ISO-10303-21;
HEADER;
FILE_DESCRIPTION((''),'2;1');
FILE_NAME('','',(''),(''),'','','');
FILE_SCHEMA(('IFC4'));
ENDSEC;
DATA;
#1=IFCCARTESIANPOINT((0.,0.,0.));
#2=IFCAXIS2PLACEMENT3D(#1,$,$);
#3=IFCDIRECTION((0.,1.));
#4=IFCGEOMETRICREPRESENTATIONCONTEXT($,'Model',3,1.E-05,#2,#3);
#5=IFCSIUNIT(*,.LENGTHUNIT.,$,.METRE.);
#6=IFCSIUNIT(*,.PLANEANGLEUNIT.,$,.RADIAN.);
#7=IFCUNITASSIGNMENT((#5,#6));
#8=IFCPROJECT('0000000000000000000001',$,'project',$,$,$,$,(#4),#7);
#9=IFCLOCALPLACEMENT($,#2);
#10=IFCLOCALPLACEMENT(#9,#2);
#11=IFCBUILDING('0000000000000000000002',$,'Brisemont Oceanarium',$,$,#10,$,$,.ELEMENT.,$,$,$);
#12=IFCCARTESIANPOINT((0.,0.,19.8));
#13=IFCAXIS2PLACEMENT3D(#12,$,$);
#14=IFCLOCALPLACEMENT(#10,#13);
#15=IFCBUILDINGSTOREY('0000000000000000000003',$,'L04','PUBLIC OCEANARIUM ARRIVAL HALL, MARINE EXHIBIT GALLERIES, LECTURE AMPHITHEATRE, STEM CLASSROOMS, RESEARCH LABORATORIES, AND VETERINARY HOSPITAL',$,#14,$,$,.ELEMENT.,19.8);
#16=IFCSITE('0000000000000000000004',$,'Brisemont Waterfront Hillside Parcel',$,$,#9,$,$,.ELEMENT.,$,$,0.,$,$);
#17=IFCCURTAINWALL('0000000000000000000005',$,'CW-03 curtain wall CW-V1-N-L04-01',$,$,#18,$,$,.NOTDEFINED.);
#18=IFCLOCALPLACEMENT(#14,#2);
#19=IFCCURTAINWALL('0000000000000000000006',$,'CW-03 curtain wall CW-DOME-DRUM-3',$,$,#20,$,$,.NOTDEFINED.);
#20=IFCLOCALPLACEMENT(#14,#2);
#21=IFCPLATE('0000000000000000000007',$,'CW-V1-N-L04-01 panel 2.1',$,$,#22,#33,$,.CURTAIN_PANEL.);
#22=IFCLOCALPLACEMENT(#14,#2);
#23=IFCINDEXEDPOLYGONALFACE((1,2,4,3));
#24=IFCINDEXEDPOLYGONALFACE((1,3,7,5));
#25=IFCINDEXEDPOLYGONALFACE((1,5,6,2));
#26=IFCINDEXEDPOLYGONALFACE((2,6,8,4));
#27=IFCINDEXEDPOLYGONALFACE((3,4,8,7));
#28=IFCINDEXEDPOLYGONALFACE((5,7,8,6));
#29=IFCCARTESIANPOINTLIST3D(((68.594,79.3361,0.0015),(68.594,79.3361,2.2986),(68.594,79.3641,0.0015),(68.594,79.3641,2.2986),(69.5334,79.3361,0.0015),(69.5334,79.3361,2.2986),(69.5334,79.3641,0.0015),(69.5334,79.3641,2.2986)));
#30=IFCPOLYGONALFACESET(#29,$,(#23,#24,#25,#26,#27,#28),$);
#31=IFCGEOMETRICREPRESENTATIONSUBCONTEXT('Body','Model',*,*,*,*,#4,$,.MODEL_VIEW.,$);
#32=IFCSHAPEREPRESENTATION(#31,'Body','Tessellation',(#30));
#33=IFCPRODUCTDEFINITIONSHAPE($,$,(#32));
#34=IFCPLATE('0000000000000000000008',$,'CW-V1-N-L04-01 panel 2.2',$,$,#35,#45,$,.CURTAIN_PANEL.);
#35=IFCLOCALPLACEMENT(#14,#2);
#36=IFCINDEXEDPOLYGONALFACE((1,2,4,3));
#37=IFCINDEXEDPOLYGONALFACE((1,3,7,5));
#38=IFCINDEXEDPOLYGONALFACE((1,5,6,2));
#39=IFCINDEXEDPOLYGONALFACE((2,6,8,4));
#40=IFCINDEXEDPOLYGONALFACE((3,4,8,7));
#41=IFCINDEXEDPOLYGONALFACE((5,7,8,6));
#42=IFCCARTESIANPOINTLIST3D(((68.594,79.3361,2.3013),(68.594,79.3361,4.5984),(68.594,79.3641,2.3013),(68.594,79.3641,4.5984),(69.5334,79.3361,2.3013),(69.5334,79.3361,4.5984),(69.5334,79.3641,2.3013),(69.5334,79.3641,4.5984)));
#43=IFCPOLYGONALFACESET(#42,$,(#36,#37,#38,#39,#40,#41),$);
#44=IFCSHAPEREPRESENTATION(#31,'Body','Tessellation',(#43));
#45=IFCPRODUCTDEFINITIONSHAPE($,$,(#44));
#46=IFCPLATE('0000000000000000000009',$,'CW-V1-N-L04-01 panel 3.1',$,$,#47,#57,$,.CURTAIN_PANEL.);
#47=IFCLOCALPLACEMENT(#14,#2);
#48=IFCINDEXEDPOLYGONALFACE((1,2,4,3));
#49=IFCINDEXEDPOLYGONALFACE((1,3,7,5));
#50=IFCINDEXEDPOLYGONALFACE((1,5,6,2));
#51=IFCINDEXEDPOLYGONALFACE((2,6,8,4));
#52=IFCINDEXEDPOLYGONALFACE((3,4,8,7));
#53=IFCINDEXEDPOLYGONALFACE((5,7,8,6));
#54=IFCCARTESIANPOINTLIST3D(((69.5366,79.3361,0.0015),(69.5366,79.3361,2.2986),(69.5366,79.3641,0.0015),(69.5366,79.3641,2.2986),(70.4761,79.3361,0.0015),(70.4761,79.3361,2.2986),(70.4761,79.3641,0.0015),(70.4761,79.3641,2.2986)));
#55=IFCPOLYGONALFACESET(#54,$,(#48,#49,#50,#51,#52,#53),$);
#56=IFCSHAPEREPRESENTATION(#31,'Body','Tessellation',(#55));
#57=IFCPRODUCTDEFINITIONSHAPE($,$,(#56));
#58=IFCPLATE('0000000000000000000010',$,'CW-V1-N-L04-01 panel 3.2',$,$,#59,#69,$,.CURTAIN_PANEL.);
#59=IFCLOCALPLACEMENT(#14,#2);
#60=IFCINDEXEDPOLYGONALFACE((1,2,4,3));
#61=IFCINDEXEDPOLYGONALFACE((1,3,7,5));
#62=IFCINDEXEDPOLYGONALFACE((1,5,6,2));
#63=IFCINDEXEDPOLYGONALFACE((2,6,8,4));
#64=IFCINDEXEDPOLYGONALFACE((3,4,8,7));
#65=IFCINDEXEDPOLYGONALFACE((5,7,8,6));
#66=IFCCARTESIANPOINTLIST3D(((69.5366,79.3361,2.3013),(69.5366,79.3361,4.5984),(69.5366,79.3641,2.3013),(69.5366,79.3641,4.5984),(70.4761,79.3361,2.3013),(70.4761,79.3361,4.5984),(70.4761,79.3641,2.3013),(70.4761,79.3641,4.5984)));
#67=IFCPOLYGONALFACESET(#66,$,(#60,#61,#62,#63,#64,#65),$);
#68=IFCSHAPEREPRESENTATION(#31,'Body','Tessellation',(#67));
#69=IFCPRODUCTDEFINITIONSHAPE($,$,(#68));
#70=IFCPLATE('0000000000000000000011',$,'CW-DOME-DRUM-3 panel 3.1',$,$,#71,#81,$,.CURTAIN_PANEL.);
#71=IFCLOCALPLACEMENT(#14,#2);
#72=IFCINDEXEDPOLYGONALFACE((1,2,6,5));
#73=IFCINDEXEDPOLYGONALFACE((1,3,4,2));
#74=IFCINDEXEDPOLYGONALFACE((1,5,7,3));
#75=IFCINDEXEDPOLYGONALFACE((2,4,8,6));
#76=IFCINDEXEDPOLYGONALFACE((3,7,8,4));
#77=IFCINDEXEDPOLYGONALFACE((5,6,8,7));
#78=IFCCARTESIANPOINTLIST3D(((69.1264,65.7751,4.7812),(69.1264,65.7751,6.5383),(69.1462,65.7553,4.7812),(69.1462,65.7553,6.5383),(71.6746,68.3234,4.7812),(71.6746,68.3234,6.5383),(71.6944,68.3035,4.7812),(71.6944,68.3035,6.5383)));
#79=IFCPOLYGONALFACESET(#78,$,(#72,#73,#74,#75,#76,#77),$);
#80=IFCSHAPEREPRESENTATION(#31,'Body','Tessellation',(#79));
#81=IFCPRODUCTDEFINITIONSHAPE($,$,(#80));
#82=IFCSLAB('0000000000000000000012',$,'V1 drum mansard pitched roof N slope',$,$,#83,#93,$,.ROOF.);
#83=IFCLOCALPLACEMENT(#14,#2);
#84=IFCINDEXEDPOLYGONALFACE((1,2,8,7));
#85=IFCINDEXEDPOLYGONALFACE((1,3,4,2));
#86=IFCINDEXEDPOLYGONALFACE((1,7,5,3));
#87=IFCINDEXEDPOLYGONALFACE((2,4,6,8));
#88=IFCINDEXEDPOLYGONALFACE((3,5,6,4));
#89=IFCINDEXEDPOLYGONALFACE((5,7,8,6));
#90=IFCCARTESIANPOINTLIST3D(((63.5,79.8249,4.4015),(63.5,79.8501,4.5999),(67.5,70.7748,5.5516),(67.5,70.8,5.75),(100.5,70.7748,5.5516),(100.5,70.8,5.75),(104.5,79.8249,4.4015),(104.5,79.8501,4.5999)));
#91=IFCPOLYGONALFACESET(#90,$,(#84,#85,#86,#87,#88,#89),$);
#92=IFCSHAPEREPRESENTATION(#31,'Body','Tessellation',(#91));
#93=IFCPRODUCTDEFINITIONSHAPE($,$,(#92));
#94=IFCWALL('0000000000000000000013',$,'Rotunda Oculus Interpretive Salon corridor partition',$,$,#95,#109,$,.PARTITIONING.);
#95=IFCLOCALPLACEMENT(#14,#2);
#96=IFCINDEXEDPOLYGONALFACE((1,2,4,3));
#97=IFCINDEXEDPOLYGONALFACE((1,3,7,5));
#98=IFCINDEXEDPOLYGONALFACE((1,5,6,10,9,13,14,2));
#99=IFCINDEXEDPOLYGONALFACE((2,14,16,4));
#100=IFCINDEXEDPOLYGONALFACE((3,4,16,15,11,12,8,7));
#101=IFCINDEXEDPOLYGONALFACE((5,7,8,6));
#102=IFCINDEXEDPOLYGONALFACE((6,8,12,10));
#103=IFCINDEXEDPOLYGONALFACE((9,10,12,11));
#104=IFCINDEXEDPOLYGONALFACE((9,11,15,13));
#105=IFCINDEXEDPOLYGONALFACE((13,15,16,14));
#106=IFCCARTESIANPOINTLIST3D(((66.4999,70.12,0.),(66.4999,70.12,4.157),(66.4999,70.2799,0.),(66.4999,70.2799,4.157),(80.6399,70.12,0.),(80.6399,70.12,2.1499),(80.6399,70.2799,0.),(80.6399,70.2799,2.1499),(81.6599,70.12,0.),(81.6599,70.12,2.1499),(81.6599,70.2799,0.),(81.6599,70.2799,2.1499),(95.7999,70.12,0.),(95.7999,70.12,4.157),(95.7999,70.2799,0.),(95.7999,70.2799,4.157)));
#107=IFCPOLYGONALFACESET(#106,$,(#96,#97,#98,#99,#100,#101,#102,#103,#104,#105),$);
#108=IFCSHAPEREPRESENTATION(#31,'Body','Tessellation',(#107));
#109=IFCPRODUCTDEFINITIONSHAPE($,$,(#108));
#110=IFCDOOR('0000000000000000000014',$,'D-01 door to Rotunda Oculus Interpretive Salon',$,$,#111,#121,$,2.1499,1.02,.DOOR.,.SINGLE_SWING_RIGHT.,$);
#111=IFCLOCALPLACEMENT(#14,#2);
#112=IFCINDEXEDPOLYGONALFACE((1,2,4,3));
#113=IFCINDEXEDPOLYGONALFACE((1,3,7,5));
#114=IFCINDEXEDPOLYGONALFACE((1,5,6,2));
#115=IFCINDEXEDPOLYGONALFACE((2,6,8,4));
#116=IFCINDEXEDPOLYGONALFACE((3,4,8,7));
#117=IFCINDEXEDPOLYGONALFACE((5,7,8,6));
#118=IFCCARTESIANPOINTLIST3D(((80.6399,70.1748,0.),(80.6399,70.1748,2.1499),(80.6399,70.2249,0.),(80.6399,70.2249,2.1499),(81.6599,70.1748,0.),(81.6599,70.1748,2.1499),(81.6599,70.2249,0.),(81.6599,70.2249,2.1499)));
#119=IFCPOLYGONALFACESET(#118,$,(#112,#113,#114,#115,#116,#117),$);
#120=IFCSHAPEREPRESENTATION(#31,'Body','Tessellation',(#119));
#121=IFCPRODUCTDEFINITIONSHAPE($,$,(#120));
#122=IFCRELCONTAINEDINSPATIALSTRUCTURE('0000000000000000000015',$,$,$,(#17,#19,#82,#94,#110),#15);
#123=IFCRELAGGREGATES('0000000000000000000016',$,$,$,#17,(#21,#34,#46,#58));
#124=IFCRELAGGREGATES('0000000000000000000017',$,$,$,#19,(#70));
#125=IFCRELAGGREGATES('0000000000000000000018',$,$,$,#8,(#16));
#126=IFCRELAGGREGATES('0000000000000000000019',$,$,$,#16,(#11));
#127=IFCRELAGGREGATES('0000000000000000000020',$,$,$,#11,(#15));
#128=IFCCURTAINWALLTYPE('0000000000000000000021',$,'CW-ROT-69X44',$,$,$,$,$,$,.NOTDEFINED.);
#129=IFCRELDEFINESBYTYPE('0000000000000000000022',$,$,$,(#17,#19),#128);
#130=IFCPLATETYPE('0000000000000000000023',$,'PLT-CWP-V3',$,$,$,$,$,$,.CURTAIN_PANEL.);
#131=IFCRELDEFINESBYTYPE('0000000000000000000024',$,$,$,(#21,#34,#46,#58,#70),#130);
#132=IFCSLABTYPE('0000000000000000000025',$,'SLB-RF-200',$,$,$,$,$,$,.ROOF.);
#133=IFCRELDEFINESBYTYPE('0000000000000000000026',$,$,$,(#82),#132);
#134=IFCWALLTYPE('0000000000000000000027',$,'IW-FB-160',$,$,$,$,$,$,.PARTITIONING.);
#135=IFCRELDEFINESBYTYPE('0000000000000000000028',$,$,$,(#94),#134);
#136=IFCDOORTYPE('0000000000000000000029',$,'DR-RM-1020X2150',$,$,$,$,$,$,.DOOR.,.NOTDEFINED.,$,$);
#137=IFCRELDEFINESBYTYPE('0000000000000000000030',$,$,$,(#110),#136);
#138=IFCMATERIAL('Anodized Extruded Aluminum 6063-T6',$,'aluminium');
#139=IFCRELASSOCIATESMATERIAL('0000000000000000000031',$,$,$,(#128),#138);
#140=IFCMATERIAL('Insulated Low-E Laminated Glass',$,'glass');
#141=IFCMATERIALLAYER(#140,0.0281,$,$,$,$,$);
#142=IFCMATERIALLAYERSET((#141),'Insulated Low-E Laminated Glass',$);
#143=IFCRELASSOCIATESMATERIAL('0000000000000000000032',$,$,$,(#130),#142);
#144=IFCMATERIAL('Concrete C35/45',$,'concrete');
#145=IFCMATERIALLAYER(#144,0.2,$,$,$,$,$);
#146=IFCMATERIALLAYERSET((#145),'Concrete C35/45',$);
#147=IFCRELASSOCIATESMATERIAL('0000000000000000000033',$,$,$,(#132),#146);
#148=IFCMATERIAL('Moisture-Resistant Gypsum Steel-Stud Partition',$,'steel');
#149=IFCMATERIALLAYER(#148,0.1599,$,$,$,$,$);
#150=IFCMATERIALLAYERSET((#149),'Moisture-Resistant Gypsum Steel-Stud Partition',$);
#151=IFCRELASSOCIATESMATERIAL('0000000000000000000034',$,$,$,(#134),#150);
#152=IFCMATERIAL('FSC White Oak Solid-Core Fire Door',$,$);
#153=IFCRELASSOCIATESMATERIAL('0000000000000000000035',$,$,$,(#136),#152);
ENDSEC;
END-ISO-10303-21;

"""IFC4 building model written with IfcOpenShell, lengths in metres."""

from ifc_helpers import new_model, si_unit, direction, frame, frame_2d, origin, origin_2d, place, context, subcontext, project, spatial, polyline, rectangle, outline, extrude, material, layer, layer_set, type_object, element, fill, aggregate, save


model = new_model("IFC4")

# Units and contexts
model_context = context("Model", 3, precision=1e-05, world=origin(), true_north=direction((0.0, 1.0)))
body_context = subcontext(model_context, "Body", "Model", "MODEL_VIEW")
ifc_project = project(units=[si_unit("LENGTHUNIT", "METRE"), si_unit("PLANEANGLEUNIT", "RADIAN")], contexts=[model_context])

# Site, building, storey
site_placement = place(None, origin())
site = spatial("IfcSite", under=ifc_project, at=site_placement, Name="Brisemont Waterfront Hillside Parcel", CompositionType="ELEMENT", RefElevation=0.0)
building_placement = place(site_placement, origin())
building = spatial("IfcBuilding", under=site, at=building_placement, Name="Brisemont Oceanarium", CompositionType="ELEMENT")
storey_placement = place(building_placement, frame((0.0, 0.0, 19.8)))
storey = spatial("IfcBuildingStorey", under=building, at=storey_placement, Name="L04", Description="PUBLIC OCEANARIUM ARRIVAL HALL, MARINE EXHIBIT GALLERIES, LECTURE AMPHITHEATRE, STEM CLASSROOMS, RESEARCH LABORATORIES, AND VETERINARY HOSPITAL", CompositionType="ELEMENT", Elevation=19.8)

# Curtain wall
ifc_material_1 = material(Name="Anodized Extruded Aluminum 6063-T6", Category="aluminium")
curtain_wall_type = type_object("IfcCurtainWallType", Name="CW-ROT-69X44", PredefinedType="NOTDEFINED", material=ifc_material_1)
curtain_wall_1_placement = place(storey_placement, origin())
curtain_wall_1 = element("IfcCurtainWall", 1, at=curtain_wall_1_placement, inside=storey, type_object=curtain_wall_type, Name="CW-03 curtain wall CW-V1-N-L04-01", PredefinedType="NOTDEFINED")

# Curtain wall
curtain_wall_2_placement = place(storey_placement, origin())
curtain_wall_2 = element("IfcCurtainWall", 2, at=curtain_wall_2_placement, inside=storey, type_object=curtain_wall_type, Name="CW-03 curtain wall CW-DOME-DRUM-3", PredefinedType="NOTDEFINED")

# Plates
ifc_material_2 = material(Name="Insulated Low-E Laminated Glass", Category="glass")
ifc_layer_1 = layer(ifc_material_2, 0.0281)
ifc_layer_set_1 = layer_set([ifc_layer_1], Name="Insulated Low-E Laminated Glass")
plate_type = type_object("IfcPlateType", Name="PLT-CWP-V3", PredefinedType="CURTAIN_PANEL", material=ifc_layer_set_1)
plate_1_placement = place(storey_placement, frame((69.0637, 79.3501, 0.0015), z_axis=(0.0, 0.0, 1.0), x_axis=(1.0, 0.0, 0.0)))
plate_1 = element("IfcPlate", 3, at=plate_1_placement, type_object=plate_type, Name="CW-V1-N-L04-01 panel 2.1", PredefinedType="CURTAIN_PANEL", context=body_context, shape_type="SweptSolid", body=[
    extrude(rectangle(XDim=0.9395, YDim=0.0281, at=origin_2d()), origin(), (0.0, 0.0, 1.0), 2.2971),
])
plate_2_placement = place(storey_placement, frame((69.0637, 79.3501, 2.3013), z_axis=(0.0, 0.0, 1.0), x_axis=(1.0, 0.0, 0.0)))
plate_2 = element("IfcPlate", 4, at=plate_2_placement, type_object=plate_type, Name="CW-V1-N-L04-01 panel 2.2", PredefinedType="CURTAIN_PANEL", context=body_context, shape_type="SweptSolid", body=[
    extrude(rectangle(XDim=0.9395, YDim=0.0281, at=origin_2d()), origin(), (0.0, 0.0, 1.0), 2.2971),
])
plate_3_placement = place(storey_placement, frame((70.0063, 79.3501, 0.0015), z_axis=(0.0, 0.0, 1.0), x_axis=(1.0, 0.0, 0.0)))
plate_3 = element("IfcPlate", 5, at=plate_3_placement, type_object=plate_type, Name="CW-V1-N-L04-01 panel 3.1", PredefinedType="CURTAIN_PANEL", context=body_context, shape_type="SweptSolid", body=[
    extrude(rectangle(XDim=0.9395, YDim=0.0281, at=origin_2d()), origin(), (0.0, 0.0, 1.0), 2.2971),
])
plate_4_placement = place(storey_placement, frame((70.0063, 79.3501, 2.3013), z_axis=(0.0, 0.0, 1.0), x_axis=(1.0, 0.0, 0.0)))
plate_4 = element("IfcPlate", 6, at=plate_4_placement, type_object=plate_type, Name="CW-V1-N-L04-01 panel 3.2", PredefinedType="CURTAIN_PANEL", context=body_context, shape_type="SweptSolid", body=[
    extrude(rectangle(XDim=0.9395, YDim=0.0281, at=origin_2d()), origin(), (0.0, 0.0, 1.0), 2.2971),
])
aggregate(curtain_wall_1, [plate_1, plate_2, plate_3, plate_4])
plate_5_placement = place(storey_placement, frame((70.4104, 67.0393, 4.7812), z_axis=(0.0, 0.0, 1.0), x_axis=(-0.707107, -0.707107, 0.0)))
plate_5 = element("IfcPlate", 7, at=plate_5_placement, type_object=plate_type, Name="CW-DOME-DRUM-3 panel 3.1", PredefinedType="CURTAIN_PANEL", context=body_context, shape_type="SweptSolid", body=[
    extrude(rectangle(XDim=3.6038, YDim=0.0281, at=origin_2d()), origin(), (0.0, 0.0, 1.0), 1.7571),
])
aggregate(curtain_wall_2, [plate_5])

# Slab
ifc_material_3 = material(Name="Concrete C35/45", Category="concrete")
ifc_layer_2 = layer(ifc_material_3, 0.2)
ifc_layer_set_2 = layer_set([ifc_layer_2], Name="Concrete C35/45")
slab_type = type_object("IfcSlabType", Name="SLB-RF-200", PredefinedType="ROOF", material=ifc_layer_set_2)
slab_placement = place(storey_placement, frame((67.5, 70.8, 5.75), z_axis=(0.0, 0.126073, 0.992021), x_axis=(1.0, 0.0, 0.0)))
element("IfcSlab", 8, at=slab_placement, inside=storey, type_object=slab_type, Name="V1 drum mansard pitched roof N slope", PredefinedType="ROOF", context=body_context, shape_type="SweptSolid", body=[
    extrude(outline(polyline([(0.0, 0.0), (33.0, 0.0), (37.0, 9.1228), (-4.0, 9.1228), (0.0, 0.0)])), origin(), (0.0, 0.0, -1.0), 0.2),
])

# Wall, opening, door
ifc_material_4 = material(Name="Moisture-Resistant Gypsum Steel-Stud Partition", Category="steel")
ifc_layer_3 = layer(ifc_material_4, 0.1599)
ifc_layer_set_3 = layer_set([ifc_layer_3], Name="Moisture-Resistant Gypsum Steel-Stud Partition")
wall_type = type_object("IfcWallType", Name="IW-FB-160", PredefinedType="PARTITIONING", material=ifc_layer_set_3)
wall_placement = place(storey_placement, frame((66.5, 70.2, 0.0), z_axis=(0.0, 0.0, 1.0), x_axis=(1.0, 0.0, 0.0)))
wall = element("IfcWall", 9, at=wall_placement, inside=storey, type_object=wall_type, Name="Rotunda Oculus Interpretive Salon corridor partition", PredefinedType="PARTITIONING", context=body_context, shape_type="SweptSolid", body=[
    extrude(rectangle(XDim=29.3, YDim=0.1599, at=frame_2d((14.6499, 0.0))), origin(), (0.0, 0.0, 1.0), 4.157),
])
opening_placement = place(wall_placement, frame((14.1399, 0.0, 0.0)))
opening = element("IfcOpeningElement", 10, at=opening_placement, cuts=wall, PredefinedType="OPENING", context=body_context, shape_type="SweptSolid", body=[
    extrude(rectangle(XDim=1.02, YDim=2.1499, at=frame_2d((0.51, 1.075))), frame((0.0, 0.0898, 0.0), z_axis=(0.0, -1.0, 0.0), x_axis=(1.0, 0.0, 0.0)), (0.0, 0.0, 1.0), 0.1799),
])
ifc_material_5 = material(Name="FSC White Oak Solid-Core Fire Door")
door_type = type_object("IfcDoorType", Name="DR-RM-1020X2150", OperationType="NOTDEFINED", PredefinedType="DOOR", material=ifc_material_5)
door_placement = place(opening_placement, origin())
door = element("IfcDoor", 11, at=door_placement, inside=storey, type_object=door_type, Name="D-01 door to Rotunda Oculus Interpretive Salon", OperationType="SINGLE_SWING_RIGHT", OverallHeight=2.1499, OverallWidth=1.02, PredefinedType="DOOR", context=body_context, shape_type="SweptSolid", body=[
    extrude(rectangle(XDim=1.02, YDim=2.1499, at=frame_2d((0.51, 1.075))), frame((0.0, 0.0249, 0.0), z_axis=(0.0, -1.0, 0.0), x_axis=(1.0, 0.0, 0.0)), (0.0, 0.0, 1.0), 0.05),
])
fill(opening, door)

save(model, "model.ifc")
